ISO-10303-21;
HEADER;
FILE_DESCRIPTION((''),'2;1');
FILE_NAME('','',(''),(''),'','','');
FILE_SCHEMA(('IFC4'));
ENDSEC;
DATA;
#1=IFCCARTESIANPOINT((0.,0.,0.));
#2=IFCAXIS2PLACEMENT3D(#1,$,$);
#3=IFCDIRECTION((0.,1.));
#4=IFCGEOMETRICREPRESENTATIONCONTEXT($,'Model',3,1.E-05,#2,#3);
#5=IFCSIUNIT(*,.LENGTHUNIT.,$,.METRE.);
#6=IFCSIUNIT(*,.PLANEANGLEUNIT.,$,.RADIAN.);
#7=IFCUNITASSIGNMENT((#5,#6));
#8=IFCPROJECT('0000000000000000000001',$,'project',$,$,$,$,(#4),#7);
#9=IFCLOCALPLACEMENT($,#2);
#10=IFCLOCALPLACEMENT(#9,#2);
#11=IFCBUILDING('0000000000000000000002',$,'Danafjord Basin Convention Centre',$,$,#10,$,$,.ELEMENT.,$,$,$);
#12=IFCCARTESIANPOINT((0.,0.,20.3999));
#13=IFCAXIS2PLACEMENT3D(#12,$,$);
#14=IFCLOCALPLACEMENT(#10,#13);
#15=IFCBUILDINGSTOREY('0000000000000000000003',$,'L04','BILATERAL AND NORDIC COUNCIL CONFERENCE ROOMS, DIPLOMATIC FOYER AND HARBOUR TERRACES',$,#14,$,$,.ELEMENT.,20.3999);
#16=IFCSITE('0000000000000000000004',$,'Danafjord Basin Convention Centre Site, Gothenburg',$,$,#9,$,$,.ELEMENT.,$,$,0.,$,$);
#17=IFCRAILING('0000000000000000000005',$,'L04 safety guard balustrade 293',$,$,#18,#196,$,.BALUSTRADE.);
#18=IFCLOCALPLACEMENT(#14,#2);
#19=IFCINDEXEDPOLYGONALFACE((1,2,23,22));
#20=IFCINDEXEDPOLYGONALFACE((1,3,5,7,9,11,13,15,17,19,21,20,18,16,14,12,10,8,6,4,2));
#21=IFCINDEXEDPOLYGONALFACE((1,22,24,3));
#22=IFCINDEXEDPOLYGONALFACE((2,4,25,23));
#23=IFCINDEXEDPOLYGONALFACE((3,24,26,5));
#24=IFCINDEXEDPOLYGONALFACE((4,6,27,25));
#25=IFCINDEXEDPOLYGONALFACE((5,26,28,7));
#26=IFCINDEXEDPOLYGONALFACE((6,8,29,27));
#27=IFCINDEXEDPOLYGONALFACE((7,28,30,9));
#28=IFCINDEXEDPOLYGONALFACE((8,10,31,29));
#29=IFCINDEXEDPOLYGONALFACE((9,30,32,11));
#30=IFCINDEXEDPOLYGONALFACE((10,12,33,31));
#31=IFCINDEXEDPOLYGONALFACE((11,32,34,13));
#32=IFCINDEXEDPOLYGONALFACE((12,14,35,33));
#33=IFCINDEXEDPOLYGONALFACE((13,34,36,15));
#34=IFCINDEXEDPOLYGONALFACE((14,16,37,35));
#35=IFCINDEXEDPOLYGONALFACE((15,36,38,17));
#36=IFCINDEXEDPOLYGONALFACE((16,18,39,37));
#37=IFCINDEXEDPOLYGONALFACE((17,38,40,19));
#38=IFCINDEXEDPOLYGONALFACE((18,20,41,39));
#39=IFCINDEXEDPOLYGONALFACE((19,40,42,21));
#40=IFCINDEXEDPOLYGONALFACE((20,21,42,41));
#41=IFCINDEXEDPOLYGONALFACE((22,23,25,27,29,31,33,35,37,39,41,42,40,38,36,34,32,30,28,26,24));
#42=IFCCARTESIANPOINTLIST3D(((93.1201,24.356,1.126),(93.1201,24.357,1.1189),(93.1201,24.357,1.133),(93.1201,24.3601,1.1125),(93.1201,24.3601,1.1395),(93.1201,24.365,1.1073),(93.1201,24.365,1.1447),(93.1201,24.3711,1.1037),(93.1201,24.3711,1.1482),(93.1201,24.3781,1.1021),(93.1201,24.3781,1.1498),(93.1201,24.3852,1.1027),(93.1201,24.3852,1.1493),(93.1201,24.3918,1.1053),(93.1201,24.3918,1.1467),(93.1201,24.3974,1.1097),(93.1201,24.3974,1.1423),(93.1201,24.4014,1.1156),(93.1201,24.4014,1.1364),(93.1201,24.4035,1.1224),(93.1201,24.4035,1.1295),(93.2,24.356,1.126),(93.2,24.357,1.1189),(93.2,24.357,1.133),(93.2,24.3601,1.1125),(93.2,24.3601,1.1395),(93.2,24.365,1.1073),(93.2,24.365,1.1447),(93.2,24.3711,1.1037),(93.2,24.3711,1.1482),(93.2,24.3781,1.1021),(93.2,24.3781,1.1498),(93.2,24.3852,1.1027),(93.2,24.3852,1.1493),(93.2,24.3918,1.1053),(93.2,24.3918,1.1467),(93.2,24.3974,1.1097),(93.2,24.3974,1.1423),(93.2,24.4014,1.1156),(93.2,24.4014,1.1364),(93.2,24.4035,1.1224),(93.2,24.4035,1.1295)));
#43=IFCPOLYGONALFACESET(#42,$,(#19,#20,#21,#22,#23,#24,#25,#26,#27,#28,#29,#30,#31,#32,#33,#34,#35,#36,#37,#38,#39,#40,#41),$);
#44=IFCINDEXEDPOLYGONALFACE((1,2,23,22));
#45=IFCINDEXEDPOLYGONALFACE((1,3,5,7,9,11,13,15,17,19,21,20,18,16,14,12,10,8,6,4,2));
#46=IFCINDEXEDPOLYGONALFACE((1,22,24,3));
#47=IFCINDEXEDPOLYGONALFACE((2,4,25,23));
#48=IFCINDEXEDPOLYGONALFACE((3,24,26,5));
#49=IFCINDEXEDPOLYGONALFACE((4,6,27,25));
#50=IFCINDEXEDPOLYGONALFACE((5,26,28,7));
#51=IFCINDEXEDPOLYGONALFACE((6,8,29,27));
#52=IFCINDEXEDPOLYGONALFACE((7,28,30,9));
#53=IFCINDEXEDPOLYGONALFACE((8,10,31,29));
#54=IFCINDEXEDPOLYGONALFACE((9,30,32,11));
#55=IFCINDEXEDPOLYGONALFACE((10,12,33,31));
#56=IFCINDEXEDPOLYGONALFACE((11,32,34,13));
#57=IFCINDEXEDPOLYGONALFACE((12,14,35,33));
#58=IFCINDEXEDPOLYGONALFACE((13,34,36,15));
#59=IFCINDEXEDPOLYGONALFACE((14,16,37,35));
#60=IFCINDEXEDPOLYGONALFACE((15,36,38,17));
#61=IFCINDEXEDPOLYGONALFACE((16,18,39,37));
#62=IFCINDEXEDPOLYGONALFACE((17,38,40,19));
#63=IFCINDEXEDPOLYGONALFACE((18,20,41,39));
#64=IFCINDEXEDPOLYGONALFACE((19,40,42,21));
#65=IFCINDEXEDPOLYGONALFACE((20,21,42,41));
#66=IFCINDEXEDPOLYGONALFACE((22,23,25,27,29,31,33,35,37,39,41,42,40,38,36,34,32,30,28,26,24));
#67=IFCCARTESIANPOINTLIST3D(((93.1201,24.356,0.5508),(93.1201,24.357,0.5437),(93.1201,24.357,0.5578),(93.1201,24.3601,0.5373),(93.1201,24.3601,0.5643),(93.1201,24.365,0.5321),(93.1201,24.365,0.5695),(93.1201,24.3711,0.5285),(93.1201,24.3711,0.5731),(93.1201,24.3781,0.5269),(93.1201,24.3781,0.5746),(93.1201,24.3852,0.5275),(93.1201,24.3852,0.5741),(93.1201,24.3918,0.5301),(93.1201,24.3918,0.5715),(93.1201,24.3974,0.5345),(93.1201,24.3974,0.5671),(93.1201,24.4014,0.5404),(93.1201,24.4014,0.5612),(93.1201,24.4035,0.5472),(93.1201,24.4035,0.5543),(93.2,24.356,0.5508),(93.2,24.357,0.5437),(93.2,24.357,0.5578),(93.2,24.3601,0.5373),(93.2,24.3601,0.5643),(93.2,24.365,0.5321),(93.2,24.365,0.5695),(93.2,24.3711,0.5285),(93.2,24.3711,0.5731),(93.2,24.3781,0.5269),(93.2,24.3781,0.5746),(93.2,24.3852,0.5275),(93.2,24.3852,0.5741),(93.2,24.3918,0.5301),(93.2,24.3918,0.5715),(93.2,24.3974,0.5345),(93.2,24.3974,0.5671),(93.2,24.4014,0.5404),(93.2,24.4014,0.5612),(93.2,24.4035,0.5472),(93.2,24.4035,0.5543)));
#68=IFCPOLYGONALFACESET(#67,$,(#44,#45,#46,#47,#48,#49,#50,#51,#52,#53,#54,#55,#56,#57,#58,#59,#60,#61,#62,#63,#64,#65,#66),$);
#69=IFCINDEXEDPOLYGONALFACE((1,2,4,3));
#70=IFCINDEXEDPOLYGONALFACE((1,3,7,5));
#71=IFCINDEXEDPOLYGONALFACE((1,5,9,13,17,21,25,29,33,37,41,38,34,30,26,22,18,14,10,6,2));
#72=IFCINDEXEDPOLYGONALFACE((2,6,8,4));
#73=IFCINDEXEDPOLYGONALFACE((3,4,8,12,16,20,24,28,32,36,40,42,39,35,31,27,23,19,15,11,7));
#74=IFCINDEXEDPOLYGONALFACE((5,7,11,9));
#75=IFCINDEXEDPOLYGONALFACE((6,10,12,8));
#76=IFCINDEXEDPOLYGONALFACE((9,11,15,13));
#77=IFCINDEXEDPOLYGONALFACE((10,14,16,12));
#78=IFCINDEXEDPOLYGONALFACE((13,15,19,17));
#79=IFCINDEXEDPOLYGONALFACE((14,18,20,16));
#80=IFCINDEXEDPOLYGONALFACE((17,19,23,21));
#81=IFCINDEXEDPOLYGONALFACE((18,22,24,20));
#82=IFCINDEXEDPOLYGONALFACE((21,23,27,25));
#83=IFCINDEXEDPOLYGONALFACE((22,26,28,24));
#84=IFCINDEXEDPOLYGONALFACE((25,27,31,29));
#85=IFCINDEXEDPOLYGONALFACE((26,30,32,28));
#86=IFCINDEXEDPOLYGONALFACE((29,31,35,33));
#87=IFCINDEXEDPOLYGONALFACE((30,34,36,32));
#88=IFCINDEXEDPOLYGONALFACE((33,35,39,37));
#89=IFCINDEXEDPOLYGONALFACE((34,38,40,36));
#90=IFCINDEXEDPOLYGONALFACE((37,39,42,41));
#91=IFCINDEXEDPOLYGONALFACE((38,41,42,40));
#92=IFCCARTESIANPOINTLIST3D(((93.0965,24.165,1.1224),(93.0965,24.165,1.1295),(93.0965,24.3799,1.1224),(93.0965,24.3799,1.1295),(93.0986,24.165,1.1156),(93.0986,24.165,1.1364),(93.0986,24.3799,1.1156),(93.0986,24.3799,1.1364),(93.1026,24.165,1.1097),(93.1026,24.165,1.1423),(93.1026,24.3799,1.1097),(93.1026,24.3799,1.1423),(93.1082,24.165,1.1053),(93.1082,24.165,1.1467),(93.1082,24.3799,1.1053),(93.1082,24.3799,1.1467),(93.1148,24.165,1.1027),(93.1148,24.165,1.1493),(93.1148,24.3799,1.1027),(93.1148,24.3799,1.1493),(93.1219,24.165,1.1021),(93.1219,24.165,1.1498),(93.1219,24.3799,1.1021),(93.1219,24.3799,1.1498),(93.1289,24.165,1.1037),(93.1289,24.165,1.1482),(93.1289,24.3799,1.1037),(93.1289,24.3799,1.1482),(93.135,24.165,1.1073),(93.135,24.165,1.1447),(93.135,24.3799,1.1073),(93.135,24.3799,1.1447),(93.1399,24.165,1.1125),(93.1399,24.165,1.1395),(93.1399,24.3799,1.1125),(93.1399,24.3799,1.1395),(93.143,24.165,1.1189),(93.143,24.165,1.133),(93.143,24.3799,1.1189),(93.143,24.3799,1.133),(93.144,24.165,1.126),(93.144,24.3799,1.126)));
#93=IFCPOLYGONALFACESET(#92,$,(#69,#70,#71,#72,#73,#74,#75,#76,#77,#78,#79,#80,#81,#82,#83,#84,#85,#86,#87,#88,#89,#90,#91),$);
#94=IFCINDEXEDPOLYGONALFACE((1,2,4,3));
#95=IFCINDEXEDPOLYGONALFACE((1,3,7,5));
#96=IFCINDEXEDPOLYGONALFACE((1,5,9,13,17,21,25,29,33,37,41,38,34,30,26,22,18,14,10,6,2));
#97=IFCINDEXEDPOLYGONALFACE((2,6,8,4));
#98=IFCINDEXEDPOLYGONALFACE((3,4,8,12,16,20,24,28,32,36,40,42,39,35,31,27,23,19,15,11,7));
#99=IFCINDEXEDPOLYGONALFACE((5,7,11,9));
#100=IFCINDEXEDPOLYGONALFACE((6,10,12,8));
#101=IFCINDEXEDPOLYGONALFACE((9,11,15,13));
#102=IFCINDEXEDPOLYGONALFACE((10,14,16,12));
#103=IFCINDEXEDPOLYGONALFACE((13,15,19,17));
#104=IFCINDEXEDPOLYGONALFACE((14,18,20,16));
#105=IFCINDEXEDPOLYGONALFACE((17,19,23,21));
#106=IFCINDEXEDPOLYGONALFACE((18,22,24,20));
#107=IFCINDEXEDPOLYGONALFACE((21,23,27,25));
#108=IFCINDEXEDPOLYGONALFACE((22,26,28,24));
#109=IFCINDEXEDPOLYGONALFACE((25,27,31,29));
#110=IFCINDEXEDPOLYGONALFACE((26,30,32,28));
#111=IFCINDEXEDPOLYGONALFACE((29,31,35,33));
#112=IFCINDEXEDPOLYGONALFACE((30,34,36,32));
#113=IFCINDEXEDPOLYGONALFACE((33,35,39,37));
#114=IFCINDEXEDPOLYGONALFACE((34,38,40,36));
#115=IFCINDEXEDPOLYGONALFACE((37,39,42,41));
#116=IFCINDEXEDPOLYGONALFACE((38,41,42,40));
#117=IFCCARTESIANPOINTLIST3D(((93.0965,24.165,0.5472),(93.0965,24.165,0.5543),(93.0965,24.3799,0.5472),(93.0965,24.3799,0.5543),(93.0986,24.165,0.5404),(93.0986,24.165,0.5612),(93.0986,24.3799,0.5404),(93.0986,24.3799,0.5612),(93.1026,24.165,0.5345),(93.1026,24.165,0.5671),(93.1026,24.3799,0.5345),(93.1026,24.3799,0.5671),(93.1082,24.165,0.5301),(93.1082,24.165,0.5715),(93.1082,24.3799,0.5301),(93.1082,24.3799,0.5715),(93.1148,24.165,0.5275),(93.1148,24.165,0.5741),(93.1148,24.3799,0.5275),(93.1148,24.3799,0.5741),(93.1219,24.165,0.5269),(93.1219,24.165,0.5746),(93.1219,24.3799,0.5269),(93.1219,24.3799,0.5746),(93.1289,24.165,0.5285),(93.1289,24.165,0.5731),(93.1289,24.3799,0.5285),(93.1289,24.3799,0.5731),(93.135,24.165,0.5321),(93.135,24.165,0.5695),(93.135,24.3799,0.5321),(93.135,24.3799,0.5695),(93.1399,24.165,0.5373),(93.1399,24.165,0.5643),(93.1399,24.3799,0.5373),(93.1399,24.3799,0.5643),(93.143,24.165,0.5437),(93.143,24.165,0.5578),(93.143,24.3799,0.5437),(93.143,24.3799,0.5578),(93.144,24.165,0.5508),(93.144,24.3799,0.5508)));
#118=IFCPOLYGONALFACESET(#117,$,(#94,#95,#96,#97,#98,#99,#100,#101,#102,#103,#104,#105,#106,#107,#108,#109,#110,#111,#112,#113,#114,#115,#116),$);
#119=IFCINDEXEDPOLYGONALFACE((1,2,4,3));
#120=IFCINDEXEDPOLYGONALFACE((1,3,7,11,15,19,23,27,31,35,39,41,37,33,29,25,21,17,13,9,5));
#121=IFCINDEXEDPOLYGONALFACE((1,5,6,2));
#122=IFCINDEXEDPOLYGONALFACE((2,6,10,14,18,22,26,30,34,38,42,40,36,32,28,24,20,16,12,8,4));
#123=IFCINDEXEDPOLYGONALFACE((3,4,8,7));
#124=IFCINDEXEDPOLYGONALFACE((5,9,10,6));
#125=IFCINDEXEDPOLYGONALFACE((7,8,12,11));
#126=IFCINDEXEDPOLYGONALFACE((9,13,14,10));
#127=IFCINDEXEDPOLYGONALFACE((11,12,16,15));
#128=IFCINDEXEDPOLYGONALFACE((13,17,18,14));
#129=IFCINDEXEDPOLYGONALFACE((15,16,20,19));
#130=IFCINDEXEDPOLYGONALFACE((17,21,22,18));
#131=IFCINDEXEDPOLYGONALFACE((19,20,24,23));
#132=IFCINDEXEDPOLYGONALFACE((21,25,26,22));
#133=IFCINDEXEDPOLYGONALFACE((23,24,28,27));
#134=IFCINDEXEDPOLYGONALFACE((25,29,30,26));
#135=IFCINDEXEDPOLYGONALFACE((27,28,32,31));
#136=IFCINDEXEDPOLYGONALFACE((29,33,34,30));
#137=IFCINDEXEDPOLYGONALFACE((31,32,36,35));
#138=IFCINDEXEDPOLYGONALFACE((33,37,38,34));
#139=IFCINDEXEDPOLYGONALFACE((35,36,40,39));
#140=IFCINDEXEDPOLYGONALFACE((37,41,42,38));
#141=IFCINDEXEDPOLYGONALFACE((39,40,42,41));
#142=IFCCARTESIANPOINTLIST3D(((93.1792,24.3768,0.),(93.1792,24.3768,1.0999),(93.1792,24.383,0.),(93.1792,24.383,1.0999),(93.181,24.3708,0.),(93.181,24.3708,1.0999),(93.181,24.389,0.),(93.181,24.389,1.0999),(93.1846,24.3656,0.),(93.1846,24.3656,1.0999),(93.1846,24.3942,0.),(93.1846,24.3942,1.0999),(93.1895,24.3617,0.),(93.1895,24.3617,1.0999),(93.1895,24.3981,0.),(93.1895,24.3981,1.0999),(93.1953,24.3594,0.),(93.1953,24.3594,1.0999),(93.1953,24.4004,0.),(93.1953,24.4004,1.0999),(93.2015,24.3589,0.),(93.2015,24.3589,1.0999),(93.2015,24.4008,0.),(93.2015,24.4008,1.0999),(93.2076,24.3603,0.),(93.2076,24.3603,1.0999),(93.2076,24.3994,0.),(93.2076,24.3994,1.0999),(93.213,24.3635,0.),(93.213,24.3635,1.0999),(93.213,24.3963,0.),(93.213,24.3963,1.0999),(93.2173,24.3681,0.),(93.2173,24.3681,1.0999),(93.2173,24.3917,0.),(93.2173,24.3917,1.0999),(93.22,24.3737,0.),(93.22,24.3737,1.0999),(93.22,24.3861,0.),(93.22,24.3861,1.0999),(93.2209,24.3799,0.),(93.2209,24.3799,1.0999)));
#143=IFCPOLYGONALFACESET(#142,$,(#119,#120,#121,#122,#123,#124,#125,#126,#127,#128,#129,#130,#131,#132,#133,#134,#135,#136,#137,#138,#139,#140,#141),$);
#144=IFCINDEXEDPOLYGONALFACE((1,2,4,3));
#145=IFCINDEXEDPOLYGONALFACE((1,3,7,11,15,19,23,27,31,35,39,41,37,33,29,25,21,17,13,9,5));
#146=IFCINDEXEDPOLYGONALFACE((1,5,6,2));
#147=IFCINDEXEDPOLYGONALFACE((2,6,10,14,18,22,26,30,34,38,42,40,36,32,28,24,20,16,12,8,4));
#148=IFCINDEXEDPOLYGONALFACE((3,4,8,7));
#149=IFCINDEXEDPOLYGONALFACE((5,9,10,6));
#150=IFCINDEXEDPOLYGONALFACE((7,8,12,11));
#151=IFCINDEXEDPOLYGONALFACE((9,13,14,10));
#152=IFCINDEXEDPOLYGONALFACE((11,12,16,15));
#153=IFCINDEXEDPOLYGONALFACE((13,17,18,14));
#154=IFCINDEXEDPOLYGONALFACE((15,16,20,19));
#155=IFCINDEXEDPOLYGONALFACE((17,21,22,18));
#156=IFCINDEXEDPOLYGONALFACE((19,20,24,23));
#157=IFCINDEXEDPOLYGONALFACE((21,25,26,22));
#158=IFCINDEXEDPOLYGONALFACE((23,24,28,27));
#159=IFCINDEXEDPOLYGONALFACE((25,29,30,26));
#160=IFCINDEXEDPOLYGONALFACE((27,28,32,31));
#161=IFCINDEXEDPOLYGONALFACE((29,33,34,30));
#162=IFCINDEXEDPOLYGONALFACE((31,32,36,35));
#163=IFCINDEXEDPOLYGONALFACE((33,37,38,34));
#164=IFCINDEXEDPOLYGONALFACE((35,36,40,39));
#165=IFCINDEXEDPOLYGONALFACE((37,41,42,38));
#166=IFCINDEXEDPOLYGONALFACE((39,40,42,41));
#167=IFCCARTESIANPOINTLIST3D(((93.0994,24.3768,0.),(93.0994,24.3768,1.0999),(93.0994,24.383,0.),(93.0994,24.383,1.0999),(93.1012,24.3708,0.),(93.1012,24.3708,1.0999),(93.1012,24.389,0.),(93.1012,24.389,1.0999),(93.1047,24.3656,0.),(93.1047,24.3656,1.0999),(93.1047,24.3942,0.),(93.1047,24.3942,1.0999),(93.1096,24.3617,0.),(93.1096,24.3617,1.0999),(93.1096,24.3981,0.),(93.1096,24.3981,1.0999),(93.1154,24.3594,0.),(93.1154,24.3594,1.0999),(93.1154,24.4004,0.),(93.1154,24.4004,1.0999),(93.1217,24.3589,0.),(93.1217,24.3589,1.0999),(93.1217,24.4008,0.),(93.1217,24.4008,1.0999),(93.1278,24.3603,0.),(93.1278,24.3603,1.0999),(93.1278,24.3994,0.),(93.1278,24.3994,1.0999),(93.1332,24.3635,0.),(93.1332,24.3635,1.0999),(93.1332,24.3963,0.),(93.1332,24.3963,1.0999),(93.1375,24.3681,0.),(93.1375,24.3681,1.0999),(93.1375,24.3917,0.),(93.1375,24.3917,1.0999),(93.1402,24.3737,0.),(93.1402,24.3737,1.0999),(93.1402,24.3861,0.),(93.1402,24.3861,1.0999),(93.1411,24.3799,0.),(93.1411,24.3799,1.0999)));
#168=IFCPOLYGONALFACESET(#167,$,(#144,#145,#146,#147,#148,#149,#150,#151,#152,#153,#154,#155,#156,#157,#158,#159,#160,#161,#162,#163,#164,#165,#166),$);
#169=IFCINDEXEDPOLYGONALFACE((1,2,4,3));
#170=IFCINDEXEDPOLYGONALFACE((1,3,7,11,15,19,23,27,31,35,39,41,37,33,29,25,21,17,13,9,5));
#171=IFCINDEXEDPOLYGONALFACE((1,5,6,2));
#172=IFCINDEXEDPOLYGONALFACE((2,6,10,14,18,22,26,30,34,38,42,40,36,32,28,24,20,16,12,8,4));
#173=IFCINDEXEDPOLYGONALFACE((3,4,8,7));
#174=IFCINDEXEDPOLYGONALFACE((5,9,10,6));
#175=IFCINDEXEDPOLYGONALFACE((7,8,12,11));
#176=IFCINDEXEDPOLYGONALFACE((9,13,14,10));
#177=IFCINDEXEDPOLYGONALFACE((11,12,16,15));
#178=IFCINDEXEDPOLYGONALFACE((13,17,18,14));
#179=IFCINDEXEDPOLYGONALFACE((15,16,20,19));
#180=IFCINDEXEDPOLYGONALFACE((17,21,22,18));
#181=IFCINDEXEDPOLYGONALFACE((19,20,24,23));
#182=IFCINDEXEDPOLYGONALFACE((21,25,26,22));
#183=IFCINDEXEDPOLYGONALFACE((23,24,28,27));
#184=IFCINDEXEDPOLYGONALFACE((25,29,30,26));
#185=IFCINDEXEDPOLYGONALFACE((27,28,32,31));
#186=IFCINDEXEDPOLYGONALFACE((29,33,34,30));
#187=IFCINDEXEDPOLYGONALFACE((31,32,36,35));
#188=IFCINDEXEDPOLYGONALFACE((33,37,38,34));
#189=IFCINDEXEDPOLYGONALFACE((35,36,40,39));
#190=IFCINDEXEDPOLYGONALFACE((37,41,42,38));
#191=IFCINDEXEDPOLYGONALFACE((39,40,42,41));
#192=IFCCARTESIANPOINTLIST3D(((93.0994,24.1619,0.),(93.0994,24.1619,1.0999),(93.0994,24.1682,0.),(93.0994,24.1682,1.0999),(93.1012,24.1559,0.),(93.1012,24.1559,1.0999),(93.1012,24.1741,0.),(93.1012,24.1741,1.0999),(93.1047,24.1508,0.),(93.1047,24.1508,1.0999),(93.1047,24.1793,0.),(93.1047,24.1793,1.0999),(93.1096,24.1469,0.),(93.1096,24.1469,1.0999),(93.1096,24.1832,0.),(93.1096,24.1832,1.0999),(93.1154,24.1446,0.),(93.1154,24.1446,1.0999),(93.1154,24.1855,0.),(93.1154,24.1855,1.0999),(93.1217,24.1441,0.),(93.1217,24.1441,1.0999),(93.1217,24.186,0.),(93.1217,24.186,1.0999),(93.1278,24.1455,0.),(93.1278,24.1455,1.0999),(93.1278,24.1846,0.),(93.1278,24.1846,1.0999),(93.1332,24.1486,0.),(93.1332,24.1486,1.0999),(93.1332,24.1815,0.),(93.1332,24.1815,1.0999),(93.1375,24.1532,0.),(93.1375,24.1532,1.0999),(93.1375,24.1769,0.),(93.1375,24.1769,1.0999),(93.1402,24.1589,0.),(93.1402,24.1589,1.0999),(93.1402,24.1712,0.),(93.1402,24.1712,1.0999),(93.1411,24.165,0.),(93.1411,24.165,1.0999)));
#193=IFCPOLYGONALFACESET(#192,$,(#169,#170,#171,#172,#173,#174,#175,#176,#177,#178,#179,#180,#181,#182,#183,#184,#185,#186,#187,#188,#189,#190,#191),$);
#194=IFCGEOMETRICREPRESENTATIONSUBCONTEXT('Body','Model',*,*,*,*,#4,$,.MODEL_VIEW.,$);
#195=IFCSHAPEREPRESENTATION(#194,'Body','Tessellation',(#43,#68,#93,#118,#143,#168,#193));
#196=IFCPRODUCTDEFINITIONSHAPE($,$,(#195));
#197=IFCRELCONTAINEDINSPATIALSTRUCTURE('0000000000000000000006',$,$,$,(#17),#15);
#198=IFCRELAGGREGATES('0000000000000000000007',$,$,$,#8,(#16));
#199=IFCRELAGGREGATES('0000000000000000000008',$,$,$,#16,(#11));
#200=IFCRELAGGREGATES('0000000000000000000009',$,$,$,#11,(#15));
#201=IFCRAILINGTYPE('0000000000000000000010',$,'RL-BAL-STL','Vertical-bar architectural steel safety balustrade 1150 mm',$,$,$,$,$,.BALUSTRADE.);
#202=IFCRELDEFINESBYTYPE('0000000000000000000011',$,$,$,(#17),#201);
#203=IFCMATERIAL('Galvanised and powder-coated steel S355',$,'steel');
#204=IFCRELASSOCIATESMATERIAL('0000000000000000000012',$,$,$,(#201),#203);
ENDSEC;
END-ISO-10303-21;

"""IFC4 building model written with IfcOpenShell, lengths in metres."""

from ifc_helpers import new_model, si_unit, direction, frame, origin, origin_2d, place, context, subcontext, project, spatial, circle, extrude, material, type_object, element, save


model = new_model("IFC4")

# Units and contexts
model_context = context("Model", 3, precision=1e-05, world=origin(), true_north=direction((0.0, 1.0)))
body_context = subcontext(model_context, "Body", "Model", "MODEL_VIEW")
ifc_project = project(units=[si_unit("LENGTHUNIT", "METRE"), si_unit("PLANEANGLEUNIT", "RADIAN")], contexts=[model_context])

# Site, building, storey
site_placement = place(None, origin())
site = spatial("IfcSite", under=ifc_project, at=site_placement, Name="Danafjord Basin Convention Centre Site, Gothenburg", CompositionType="ELEMENT", RefElevation=0.0)
building_placement = place(site_placement, origin())
building = spatial("IfcBuilding", under=site, at=building_placement, Name="Danafjord Basin Convention Centre", CompositionType="ELEMENT")
storey_placement = place(building_placement, frame((0.0, 0.0, 20.3999)))
storey = spatial("IfcBuildingStorey", under=building, at=storey_placement, Name="L04", Description="BILATERAL AND NORDIC COUNCIL CONFERENCE ROOMS, DIPLOMATIC FOYER AND HARBOUR TERRACES", CompositionType="ELEMENT", Elevation=20.3999)

# Railing
ifc_material_1 = material(Name="Galvanised and powder-coated steel S355", Category="steel")
railing_type_1 = type_object("IfcRailingType", Name="RL-BAL-STL", Description="Vertical-bar architectural steel safety balustrade 1150 mm", PredefinedType="BALUSTRADE", material=ifc_material_1)
railing_1_placement = place(storey_placement, frame((93.2, 24.3799, 0.0)))
element("IfcRailing", 1, at=railing_1_placement, inside=storey, type_object=railing_type_1, Name="L04 safety guard balustrade 293", PredefinedType="BALUSTRADE", context=body_context, shape_type="SweptSolid", body=[
    extrude(circle(Radius=0.0239, at=origin_2d()), frame((0.0, 0.0, 1.126), z_axis=(-1.0, 0.0, 0.0), x_axis=(0.0, -1.0, 0.0)), (0.0, 0.0, 1.0), 0.0798),
    extrude(circle(Radius=0.0239, at=origin_2d()), frame((0.0, 0.0, 0.5508), z_axis=(-1.0, 0.0, 0.0), x_axis=(0.0, -1.0, 0.0)), (0.0, 0.0, 1.0), 0.0798),
    extrude(circle(Radius=0.0239, at=origin_2d()), frame((-0.0798, 0.0, 1.126), z_axis=(0.0, -1.0, 0.0), x_axis=(1.0, 0.0, 0.0)), (0.0, 0.0, 1.0), 0.2148),
    extrude(circle(Radius=0.0239, at=origin_2d()), frame((-0.0798, 0.0, 0.5508), z_axis=(0.0, -1.0, 0.0), x_axis=(1.0, 0.0, 0.0)), (0.0, 0.0, 1.0), 0.2148),
    extrude(circle(Radius=0.021, at=origin_2d()), origin(), (0.0, 0.0, 1.0), 1.0999),
    extrude(circle(Radius=0.021, at=origin_2d()), frame((-0.0798, 0.0, 0.0)), (0.0, 0.0, 1.0), 1.0999),
    extrude(circle(Radius=0.021, at=origin_2d()), frame((-0.0798, -0.2148, 0.0)), (0.0, 0.0, 1.0), 1.0999),
])

save(model, "model.ifc")
